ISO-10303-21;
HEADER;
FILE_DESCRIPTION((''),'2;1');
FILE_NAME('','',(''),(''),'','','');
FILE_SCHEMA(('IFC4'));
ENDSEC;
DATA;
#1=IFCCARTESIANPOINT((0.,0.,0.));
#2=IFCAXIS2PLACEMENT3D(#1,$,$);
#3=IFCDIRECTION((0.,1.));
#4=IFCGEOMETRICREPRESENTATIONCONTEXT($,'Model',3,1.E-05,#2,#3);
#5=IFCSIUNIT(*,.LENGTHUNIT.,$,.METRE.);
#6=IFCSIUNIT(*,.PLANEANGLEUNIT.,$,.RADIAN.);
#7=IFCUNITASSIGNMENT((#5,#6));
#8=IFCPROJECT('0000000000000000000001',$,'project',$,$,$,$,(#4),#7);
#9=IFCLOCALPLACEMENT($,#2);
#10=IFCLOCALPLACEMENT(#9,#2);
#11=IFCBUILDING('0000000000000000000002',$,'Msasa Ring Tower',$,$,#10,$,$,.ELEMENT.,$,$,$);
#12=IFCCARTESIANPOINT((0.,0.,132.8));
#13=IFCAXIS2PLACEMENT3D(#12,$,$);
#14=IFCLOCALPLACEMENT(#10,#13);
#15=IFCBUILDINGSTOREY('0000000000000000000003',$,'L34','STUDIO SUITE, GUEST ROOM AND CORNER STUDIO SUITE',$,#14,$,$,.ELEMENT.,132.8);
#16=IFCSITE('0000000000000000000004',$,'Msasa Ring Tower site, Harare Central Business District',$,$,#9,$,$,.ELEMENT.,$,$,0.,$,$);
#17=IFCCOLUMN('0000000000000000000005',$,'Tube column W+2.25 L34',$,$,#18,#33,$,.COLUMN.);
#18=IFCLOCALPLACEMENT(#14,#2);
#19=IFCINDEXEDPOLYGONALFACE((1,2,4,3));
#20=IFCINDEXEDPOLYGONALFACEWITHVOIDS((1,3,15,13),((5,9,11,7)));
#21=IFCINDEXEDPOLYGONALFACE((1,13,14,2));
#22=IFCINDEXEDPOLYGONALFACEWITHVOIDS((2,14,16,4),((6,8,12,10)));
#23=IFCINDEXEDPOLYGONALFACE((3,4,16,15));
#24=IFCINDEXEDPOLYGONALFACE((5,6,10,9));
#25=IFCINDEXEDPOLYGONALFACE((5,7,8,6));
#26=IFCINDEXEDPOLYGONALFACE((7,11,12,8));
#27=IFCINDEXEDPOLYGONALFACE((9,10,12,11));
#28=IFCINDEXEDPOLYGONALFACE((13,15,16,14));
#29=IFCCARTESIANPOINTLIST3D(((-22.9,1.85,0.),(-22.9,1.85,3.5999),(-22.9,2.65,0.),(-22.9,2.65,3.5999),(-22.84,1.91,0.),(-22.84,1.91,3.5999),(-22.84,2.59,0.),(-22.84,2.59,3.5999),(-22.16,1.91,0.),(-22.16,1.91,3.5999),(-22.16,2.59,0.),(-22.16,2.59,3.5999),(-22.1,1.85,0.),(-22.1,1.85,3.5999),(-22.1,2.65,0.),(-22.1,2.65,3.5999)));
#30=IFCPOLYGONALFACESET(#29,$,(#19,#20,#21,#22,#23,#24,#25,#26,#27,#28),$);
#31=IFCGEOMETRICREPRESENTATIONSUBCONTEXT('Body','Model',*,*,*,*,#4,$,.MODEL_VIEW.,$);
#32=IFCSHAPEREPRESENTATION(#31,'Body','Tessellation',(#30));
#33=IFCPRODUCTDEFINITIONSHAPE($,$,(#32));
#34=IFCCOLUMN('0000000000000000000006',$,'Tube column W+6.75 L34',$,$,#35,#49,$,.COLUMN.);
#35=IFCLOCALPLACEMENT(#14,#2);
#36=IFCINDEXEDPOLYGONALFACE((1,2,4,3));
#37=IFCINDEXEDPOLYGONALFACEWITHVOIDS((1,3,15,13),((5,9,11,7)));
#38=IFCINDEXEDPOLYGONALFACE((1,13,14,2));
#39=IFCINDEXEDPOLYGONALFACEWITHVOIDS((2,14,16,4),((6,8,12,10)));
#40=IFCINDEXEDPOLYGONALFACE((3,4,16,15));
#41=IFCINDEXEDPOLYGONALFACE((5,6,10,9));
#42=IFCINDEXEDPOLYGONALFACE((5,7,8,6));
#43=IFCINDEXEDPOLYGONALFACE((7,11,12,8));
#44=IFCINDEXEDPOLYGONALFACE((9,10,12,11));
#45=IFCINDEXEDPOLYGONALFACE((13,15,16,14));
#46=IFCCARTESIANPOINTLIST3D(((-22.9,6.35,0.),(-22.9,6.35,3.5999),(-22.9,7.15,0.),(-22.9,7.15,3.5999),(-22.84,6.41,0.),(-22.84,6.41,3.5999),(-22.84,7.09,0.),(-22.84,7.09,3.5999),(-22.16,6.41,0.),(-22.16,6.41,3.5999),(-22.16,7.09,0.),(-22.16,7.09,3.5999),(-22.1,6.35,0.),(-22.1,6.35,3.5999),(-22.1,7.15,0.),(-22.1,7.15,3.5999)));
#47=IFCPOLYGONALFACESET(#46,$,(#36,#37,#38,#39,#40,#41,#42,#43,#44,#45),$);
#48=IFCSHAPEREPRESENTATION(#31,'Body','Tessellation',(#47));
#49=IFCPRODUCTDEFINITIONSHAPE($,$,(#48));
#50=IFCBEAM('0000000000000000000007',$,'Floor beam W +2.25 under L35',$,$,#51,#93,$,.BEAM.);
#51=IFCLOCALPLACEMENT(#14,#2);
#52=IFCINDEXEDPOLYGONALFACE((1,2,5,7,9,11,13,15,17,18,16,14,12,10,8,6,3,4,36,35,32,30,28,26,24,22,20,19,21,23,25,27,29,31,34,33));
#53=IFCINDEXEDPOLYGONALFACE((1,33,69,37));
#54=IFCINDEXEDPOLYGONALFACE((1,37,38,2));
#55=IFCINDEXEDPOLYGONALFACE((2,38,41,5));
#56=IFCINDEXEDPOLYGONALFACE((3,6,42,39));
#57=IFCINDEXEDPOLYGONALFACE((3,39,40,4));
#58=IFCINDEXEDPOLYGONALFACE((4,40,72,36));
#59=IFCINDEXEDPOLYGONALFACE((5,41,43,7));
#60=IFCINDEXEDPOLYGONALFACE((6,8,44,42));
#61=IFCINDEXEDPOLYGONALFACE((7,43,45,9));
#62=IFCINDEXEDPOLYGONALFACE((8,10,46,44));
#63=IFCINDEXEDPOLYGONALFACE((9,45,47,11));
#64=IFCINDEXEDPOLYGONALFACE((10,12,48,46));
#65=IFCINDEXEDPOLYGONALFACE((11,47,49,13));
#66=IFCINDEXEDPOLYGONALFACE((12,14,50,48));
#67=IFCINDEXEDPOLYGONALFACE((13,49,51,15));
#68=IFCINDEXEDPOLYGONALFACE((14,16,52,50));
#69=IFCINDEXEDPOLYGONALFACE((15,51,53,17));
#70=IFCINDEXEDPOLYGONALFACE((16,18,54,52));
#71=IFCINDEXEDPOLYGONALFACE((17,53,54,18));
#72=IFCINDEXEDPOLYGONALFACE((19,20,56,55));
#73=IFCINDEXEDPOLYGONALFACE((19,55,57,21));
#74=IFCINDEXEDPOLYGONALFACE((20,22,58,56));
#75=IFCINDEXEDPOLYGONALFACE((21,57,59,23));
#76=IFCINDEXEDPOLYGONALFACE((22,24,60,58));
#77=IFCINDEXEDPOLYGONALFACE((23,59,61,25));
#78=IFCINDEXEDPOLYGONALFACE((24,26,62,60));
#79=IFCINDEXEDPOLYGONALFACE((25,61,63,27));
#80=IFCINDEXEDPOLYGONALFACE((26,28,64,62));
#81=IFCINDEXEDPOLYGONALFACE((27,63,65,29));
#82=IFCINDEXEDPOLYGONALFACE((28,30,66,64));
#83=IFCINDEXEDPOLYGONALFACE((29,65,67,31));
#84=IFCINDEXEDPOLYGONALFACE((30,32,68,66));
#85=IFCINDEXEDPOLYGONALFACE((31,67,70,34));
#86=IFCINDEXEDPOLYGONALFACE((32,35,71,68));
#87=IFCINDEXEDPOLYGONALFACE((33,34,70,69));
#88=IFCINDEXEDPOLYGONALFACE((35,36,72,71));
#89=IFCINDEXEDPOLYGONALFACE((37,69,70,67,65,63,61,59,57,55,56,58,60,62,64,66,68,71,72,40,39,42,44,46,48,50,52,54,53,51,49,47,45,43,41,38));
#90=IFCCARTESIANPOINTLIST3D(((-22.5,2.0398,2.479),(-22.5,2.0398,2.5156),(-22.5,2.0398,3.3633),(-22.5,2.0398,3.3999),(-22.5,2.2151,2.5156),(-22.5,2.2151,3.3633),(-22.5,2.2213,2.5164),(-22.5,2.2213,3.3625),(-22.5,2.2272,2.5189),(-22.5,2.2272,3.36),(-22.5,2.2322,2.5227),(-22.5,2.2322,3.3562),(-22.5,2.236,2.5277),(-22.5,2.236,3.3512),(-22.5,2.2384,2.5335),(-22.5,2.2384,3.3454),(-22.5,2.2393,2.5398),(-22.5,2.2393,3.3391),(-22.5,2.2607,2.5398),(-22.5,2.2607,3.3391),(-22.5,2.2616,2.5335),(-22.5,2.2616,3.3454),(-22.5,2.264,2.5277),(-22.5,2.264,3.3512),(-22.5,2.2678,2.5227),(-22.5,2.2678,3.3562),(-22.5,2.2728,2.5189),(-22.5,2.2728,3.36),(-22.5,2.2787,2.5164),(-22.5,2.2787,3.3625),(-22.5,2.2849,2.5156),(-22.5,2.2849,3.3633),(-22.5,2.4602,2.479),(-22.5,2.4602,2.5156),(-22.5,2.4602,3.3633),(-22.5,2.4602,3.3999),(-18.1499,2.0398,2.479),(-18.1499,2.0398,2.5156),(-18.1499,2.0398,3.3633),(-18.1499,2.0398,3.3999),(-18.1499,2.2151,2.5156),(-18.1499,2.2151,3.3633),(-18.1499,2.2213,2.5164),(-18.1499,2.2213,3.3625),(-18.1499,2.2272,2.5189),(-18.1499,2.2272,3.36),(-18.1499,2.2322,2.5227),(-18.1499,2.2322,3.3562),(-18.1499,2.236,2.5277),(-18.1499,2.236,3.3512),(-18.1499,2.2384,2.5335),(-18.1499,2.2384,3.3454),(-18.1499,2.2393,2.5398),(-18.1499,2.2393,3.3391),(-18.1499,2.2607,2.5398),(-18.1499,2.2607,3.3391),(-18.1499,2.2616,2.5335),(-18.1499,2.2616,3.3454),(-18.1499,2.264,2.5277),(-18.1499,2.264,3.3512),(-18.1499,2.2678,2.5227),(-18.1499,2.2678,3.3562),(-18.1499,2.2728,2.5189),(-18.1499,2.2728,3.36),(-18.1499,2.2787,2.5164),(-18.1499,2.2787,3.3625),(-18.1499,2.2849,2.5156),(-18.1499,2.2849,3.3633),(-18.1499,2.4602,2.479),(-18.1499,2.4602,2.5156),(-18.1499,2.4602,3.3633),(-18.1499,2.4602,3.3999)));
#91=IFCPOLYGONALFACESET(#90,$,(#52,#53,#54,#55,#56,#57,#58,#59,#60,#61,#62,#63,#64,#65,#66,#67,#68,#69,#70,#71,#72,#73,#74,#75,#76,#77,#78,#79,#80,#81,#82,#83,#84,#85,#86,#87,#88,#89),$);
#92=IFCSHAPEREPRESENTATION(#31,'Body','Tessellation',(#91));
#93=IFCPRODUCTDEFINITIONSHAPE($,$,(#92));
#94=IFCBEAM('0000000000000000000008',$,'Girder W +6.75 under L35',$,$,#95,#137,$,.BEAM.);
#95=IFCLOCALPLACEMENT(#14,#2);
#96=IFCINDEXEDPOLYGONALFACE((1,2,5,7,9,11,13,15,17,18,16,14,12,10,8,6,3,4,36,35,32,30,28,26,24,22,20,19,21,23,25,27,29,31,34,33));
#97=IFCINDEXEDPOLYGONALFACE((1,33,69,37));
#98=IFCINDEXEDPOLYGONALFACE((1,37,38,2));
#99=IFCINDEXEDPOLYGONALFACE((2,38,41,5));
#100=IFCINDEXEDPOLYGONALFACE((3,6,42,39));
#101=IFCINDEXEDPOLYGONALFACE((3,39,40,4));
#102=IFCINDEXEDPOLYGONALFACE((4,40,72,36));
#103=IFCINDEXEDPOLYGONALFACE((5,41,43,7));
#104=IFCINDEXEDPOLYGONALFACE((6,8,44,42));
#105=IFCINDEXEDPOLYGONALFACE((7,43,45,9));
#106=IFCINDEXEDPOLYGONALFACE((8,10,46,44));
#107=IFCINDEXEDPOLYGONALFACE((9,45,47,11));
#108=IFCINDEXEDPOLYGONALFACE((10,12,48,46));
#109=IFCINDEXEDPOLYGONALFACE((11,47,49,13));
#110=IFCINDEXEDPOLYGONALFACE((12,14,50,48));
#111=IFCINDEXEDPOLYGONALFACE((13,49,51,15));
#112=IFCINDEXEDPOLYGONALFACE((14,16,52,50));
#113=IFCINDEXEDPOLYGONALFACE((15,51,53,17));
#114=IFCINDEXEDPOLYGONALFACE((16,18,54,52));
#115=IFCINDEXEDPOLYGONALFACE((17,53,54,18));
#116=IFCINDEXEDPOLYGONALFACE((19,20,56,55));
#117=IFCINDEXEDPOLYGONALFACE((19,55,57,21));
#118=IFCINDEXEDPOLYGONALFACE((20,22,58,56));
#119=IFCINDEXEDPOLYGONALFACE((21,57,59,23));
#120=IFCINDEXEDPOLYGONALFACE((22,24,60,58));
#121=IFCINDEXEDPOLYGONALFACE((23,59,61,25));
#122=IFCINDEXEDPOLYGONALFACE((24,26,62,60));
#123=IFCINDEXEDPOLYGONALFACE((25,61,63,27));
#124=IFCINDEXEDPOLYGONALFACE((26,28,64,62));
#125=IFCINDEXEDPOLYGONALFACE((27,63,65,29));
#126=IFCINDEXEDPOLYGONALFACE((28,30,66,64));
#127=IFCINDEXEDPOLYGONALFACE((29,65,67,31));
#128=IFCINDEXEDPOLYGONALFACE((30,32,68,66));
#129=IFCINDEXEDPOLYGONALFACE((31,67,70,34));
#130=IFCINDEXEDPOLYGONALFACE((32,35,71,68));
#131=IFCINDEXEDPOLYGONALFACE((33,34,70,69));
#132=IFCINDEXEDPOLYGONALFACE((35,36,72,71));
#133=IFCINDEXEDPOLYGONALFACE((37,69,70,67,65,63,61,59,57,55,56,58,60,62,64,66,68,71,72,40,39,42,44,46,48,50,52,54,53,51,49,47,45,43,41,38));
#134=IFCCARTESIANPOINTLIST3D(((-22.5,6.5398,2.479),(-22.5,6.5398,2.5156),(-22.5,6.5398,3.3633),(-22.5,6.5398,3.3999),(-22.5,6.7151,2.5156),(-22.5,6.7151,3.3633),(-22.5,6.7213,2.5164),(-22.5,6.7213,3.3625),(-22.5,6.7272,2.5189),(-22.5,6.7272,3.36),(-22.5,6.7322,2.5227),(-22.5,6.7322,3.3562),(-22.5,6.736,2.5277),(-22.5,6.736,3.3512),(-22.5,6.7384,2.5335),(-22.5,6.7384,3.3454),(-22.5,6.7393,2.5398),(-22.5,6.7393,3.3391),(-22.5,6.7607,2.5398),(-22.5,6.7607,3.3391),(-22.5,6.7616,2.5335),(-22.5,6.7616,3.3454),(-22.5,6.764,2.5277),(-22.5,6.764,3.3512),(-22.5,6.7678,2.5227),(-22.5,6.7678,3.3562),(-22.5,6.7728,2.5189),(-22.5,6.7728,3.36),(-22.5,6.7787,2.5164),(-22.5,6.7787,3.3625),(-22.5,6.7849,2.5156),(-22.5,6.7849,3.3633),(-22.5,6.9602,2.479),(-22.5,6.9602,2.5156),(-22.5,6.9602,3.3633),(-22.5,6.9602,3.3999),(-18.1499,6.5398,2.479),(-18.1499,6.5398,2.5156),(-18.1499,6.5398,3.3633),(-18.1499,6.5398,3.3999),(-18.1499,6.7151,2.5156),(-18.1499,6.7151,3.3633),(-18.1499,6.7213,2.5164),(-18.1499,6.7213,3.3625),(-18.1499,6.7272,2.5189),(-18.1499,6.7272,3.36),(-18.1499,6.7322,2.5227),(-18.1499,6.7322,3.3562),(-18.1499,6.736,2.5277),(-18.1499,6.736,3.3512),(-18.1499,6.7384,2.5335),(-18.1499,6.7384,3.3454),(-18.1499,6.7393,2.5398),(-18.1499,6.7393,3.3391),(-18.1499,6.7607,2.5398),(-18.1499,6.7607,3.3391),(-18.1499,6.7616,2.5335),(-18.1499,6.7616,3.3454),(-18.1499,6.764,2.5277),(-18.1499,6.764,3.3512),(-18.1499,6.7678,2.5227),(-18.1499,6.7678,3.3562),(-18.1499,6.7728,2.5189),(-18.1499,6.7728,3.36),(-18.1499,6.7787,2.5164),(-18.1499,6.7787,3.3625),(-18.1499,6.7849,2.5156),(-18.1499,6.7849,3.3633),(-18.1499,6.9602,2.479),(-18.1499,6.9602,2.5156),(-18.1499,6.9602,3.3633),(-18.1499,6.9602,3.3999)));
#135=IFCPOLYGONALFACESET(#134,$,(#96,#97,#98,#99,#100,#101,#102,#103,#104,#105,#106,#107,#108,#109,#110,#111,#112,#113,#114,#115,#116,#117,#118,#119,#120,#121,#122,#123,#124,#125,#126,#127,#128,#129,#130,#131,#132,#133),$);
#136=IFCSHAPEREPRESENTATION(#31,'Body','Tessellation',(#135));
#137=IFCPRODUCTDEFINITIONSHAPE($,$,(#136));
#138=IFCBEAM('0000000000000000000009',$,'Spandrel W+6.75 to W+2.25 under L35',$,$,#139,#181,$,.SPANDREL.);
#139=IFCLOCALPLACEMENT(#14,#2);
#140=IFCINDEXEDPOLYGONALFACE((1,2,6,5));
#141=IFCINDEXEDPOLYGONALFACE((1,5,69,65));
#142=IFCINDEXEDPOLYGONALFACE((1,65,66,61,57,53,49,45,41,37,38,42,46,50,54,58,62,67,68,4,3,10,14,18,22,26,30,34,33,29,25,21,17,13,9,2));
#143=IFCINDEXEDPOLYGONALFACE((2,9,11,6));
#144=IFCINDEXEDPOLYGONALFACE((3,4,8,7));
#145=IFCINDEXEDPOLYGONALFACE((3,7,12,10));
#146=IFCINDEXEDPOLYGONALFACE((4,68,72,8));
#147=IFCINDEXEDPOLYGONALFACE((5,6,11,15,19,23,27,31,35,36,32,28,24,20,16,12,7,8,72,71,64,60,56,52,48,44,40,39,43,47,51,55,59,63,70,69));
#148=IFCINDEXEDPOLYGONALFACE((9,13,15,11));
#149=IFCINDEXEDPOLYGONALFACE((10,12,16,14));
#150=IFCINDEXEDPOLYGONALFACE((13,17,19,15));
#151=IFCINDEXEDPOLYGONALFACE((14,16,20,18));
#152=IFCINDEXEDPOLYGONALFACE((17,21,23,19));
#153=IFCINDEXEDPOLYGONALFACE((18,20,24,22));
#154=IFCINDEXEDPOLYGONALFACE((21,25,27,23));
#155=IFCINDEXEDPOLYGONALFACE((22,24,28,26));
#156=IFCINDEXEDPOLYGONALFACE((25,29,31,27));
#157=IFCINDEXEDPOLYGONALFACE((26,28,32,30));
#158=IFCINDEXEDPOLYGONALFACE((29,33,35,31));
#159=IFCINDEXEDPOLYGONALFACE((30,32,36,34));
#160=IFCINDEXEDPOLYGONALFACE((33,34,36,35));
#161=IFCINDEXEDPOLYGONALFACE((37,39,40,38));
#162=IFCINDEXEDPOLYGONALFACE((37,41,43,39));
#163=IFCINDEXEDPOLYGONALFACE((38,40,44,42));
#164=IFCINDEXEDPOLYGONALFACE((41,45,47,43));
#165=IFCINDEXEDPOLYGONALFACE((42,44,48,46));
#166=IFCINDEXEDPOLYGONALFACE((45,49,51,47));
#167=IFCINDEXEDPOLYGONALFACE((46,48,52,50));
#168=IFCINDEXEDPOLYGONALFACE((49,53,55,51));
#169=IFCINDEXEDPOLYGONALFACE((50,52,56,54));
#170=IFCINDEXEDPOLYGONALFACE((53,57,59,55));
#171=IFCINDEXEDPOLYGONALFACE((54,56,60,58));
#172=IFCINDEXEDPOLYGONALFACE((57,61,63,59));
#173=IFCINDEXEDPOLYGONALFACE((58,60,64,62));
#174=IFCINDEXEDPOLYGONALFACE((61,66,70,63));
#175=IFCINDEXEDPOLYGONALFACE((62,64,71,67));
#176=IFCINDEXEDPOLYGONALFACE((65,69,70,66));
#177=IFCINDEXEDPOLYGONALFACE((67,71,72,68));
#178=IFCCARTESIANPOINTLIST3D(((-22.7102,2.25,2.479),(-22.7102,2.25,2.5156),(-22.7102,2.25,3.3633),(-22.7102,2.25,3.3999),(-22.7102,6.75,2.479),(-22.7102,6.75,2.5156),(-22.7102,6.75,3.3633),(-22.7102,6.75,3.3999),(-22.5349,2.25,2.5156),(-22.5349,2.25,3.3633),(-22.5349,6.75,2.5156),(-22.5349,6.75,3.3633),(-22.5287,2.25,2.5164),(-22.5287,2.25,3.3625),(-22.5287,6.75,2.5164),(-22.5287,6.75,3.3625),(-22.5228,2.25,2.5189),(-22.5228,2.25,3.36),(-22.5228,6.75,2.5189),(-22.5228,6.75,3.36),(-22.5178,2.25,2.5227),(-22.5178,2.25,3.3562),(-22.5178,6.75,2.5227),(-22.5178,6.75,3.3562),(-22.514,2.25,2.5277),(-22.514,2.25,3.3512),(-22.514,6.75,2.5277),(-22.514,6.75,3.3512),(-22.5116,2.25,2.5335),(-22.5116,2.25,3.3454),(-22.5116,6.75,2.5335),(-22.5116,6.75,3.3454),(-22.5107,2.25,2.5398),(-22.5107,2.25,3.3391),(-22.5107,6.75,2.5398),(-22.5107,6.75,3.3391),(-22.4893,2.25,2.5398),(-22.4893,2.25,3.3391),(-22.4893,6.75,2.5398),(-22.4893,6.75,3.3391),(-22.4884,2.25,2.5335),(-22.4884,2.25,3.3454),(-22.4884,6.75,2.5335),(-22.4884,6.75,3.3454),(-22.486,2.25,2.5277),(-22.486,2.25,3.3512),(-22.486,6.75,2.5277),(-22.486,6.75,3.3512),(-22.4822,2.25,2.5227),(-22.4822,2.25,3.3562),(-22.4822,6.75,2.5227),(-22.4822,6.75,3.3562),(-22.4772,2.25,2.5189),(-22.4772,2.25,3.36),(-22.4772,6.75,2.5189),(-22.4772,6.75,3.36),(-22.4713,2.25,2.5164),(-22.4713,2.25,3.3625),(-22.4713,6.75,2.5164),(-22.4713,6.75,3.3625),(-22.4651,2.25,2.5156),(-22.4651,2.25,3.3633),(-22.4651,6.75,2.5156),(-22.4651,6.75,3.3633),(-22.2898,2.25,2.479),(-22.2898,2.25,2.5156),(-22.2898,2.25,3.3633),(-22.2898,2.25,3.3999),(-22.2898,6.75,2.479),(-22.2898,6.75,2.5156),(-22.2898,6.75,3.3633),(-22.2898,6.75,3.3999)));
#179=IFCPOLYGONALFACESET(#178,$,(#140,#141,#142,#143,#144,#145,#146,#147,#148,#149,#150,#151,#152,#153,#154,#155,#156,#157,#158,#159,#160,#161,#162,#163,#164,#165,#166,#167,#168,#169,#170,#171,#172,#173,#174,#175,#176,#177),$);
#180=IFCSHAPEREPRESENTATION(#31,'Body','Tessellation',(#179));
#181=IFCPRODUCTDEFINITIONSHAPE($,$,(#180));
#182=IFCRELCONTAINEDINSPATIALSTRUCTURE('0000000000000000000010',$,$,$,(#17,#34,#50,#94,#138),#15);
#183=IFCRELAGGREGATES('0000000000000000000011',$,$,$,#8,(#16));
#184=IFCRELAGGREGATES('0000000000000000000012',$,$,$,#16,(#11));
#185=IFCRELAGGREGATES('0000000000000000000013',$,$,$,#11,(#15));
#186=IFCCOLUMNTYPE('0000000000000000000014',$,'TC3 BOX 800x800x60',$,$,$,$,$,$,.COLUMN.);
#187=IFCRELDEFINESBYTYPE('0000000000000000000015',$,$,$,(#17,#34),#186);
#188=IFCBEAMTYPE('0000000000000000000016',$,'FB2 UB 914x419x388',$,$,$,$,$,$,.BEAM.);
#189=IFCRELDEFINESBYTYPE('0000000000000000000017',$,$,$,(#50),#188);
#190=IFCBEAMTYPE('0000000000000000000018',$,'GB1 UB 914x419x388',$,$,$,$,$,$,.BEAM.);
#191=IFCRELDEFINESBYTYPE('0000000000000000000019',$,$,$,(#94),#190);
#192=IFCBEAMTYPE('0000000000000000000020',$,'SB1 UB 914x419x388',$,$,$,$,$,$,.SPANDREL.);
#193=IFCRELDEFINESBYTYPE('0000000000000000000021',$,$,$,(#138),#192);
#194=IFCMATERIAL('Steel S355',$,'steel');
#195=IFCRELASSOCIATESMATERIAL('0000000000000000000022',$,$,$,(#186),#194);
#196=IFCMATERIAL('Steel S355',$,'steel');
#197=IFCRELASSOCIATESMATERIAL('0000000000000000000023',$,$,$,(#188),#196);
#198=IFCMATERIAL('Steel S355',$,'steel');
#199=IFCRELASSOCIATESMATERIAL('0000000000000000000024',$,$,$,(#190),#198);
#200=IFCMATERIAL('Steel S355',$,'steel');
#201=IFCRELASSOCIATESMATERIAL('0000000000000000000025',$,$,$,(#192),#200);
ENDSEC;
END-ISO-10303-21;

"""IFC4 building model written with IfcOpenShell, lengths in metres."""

from ifc_helpers import new_model, si_unit, direction, frame, origin, origin_2d, place, context, subcontext, project, spatial, hollow_rectangle, i_section, extrude, material, material_profile, profile_set, type_object, element, save


model = new_model("IFC4")

# Units and contexts
model_context = context("Model", 3, precision=1e-05, world=origin(), true_north=direction((0.0, 1.0)))
body_context = subcontext(model_context, "Body", "Model", "MODEL_VIEW")
ifc_project = project(units=[si_unit("LENGTHUNIT", "METRE"), si_unit("PLANEANGLEUNIT", "RADIAN")], contexts=[model_context])

# Site, building, storey
site_placement = place(None, origin())
site = spatial("IfcSite", under=ifc_project, at=site_placement, Name="Msasa Ring Tower site, Harare Central Business District", CompositionType="ELEMENT", RefElevation=0.0)
building_placement = place(site_placement, origin())
building = spatial("IfcBuilding", under=site, at=building_placement, Name="Msasa Ring Tower", CompositionType="ELEMENT")
storey_placement = place(building_placement, frame((0.0, 0.0, 132.8)))
storey = spatial("IfcBuildingStorey", under=building, at=storey_placement, Name="L34", Description="STUDIO SUITE, GUEST ROOM AND CORNER STUDIO SUITE", CompositionType="ELEMENT", Elevation=132.8)

# Columns
ifc_material_1 = material(Name="Steel S355", Category="steel")
ifc_material_profile_1 = material_profile(ifc_material_1, hollow_rectangle(XDim=0.8, YDim=0.8, WallThickness=0.0601, at=origin_2d()), Name="BOX 800x800x60")
ifc_profile_set_1 = profile_set([ifc_material_profile_1], Name="Steel S355")
column_type = type_object("IfcColumnType", Name="TC3 BOX 800x800x60", PredefinedType="COLUMN", material=ifc_profile_set_1)
for number, where, z_axis, x_axis, name in (
    (1, (-22.5, 2.25, 0.0), (0.0, 0.0, 1.0), (1.0, 0.0, 0.0), "Tube column W+2.25 L34"),
    (2, (-22.5, 6.75, 0.0), (0.0, 0.0, 1.0), (1.0, 0.0, 0.0), "Tube column W+6.75 L34"),
):
    element("IfcColumn", number, at=place(storey_placement, frame(where, z_axis=z_axis, x_axis=x_axis)), inside=storey, type_object=column_type, Name=name, PredefinedType="COLUMN", context=body_context, shape_type="SweptSolid", body=[
        extrude(hollow_rectangle(XDim=0.8, YDim=0.8, WallThickness=0.0601, at=origin_2d()), origin(), (0.0, 0.0, 1.0), 3.5999),
    ])

# Beams
ifc_material_2 = material(Name="Steel S355", Category="steel")
ifc_material_profile_2 = material_profile(ifc_material_2, i_section(OverallWidth=0.4204, OverallDepth=0.9209, WebThickness=0.0215, FlangeThickness=0.0366, FilletRadius=0.0242, at=origin_2d()), Name="UB 914x419x388")
ifc_profile_set_2 = profile_set([ifc_material_profile_2], Name="Steel S355")
beam_type_1 = type_object("IfcBeamType", Name="FB2 UB 914x419x388", PredefinedType="BEAM", material=ifc_profile_set_2)
beam_1_placement = place(storey_placement, frame((-22.5, 2.25, 2.9395), z_axis=(1.0, 0.0, 0.0), x_axis=(0.0, 1.0, 0.0)))
element("IfcBeam", 3, at=beam_1_placement, inside=storey, type_object=beam_type_1, Name="Floor beam W +2.25 under L35", PredefinedType="BEAM", context=body_context, shape_type="SweptSolid", body=[
    extrude(i_section(OverallWidth=0.4204, OverallDepth=0.9209, WebThickness=0.0215, FlangeThickness=0.0366, FilletRadius=0.0242, at=origin_2d()), origin(), (0.0, 0.0, 1.0), 4.3501),
])
ifc_material_3 = material(Name="Steel S355", Category="steel")
ifc_material_profile_3 = material_profile(ifc_material_3, i_section(OverallWidth=0.4204, OverallDepth=0.9209, WebThickness=0.0215, FlangeThickness=0.0366, FilletRadius=0.0242, at=origin_2d()), Name="UB 914x419x388")
ifc_profile_set_3 = profile_set([ifc_material_profile_3], Name="Steel S355")
beam_type_2 = type_object("IfcBeamType", Name="GB1 UB 914x419x388", PredefinedType="BEAM", material=ifc_profile_set_3)
beam_2_placement = place(storey_placement, frame((-18.1499, 6.75, 2.9395), z_axis=(-1.0, 0.0, 0.0), x_axis=(0.0, -1.0, 0.0)))
element("IfcBeam", 4, at=beam_2_placement, inside=storey, type_object=beam_type_2, Name="Girder W +6.75 under L35", PredefinedType="BEAM", context=body_context, shape_type="SweptSolid", body=[
    extrude(i_section(OverallWidth=0.4204, OverallDepth=0.9209, WebThickness=0.0215, FlangeThickness=0.0366, FilletRadius=0.0242, at=origin_2d()), origin(), (0.0, 0.0, 1.0), 4.3501),
])
ifc_material_4 = material(Name="Steel S355", Category="steel")
ifc_material_profile_4 = material_profile(ifc_material_4, i_section(OverallWidth=0.4204, OverallDepth=0.9209, WebThickness=0.0215, FlangeThickness=0.0366, FilletRadius=0.0242, at=origin_2d()), Name="UB 914x419x388")
ifc_profile_set_4 = profile_set([ifc_material_profile_4], Name="Steel S355")
beam_type_3 = type_object("IfcBeamType", Name="SB1 UB 914x419x388", PredefinedType="SPANDREL", material=ifc_profile_set_4)
for number, where, z_axis, x_axis, name in (
    (5, (-22.5, 6.75, 2.9395), (0.0, -1.0, 0.0), (1.0, 0.0, 0.0), "Spandrel W+6.75 to W+2.25 under L35"),
):
    element("IfcBeam", number, at=place(storey_placement, frame(where, z_axis=z_axis, x_axis=x_axis)), inside=storey, type_object=beam_type_3, Name=name, PredefinedType="SPANDREL", context=body_context, shape_type="SweptSolid", body=[
        extrude(i_section(OverallWidth=0.4204, OverallDepth=0.9209, WebThickness=0.0215, FlangeThickness=0.0366, FilletRadius=0.0242, at=origin_2d()), origin(), (0.0, 0.0, 1.0), 4.5),
    ])

save(model, "model.ifc")
